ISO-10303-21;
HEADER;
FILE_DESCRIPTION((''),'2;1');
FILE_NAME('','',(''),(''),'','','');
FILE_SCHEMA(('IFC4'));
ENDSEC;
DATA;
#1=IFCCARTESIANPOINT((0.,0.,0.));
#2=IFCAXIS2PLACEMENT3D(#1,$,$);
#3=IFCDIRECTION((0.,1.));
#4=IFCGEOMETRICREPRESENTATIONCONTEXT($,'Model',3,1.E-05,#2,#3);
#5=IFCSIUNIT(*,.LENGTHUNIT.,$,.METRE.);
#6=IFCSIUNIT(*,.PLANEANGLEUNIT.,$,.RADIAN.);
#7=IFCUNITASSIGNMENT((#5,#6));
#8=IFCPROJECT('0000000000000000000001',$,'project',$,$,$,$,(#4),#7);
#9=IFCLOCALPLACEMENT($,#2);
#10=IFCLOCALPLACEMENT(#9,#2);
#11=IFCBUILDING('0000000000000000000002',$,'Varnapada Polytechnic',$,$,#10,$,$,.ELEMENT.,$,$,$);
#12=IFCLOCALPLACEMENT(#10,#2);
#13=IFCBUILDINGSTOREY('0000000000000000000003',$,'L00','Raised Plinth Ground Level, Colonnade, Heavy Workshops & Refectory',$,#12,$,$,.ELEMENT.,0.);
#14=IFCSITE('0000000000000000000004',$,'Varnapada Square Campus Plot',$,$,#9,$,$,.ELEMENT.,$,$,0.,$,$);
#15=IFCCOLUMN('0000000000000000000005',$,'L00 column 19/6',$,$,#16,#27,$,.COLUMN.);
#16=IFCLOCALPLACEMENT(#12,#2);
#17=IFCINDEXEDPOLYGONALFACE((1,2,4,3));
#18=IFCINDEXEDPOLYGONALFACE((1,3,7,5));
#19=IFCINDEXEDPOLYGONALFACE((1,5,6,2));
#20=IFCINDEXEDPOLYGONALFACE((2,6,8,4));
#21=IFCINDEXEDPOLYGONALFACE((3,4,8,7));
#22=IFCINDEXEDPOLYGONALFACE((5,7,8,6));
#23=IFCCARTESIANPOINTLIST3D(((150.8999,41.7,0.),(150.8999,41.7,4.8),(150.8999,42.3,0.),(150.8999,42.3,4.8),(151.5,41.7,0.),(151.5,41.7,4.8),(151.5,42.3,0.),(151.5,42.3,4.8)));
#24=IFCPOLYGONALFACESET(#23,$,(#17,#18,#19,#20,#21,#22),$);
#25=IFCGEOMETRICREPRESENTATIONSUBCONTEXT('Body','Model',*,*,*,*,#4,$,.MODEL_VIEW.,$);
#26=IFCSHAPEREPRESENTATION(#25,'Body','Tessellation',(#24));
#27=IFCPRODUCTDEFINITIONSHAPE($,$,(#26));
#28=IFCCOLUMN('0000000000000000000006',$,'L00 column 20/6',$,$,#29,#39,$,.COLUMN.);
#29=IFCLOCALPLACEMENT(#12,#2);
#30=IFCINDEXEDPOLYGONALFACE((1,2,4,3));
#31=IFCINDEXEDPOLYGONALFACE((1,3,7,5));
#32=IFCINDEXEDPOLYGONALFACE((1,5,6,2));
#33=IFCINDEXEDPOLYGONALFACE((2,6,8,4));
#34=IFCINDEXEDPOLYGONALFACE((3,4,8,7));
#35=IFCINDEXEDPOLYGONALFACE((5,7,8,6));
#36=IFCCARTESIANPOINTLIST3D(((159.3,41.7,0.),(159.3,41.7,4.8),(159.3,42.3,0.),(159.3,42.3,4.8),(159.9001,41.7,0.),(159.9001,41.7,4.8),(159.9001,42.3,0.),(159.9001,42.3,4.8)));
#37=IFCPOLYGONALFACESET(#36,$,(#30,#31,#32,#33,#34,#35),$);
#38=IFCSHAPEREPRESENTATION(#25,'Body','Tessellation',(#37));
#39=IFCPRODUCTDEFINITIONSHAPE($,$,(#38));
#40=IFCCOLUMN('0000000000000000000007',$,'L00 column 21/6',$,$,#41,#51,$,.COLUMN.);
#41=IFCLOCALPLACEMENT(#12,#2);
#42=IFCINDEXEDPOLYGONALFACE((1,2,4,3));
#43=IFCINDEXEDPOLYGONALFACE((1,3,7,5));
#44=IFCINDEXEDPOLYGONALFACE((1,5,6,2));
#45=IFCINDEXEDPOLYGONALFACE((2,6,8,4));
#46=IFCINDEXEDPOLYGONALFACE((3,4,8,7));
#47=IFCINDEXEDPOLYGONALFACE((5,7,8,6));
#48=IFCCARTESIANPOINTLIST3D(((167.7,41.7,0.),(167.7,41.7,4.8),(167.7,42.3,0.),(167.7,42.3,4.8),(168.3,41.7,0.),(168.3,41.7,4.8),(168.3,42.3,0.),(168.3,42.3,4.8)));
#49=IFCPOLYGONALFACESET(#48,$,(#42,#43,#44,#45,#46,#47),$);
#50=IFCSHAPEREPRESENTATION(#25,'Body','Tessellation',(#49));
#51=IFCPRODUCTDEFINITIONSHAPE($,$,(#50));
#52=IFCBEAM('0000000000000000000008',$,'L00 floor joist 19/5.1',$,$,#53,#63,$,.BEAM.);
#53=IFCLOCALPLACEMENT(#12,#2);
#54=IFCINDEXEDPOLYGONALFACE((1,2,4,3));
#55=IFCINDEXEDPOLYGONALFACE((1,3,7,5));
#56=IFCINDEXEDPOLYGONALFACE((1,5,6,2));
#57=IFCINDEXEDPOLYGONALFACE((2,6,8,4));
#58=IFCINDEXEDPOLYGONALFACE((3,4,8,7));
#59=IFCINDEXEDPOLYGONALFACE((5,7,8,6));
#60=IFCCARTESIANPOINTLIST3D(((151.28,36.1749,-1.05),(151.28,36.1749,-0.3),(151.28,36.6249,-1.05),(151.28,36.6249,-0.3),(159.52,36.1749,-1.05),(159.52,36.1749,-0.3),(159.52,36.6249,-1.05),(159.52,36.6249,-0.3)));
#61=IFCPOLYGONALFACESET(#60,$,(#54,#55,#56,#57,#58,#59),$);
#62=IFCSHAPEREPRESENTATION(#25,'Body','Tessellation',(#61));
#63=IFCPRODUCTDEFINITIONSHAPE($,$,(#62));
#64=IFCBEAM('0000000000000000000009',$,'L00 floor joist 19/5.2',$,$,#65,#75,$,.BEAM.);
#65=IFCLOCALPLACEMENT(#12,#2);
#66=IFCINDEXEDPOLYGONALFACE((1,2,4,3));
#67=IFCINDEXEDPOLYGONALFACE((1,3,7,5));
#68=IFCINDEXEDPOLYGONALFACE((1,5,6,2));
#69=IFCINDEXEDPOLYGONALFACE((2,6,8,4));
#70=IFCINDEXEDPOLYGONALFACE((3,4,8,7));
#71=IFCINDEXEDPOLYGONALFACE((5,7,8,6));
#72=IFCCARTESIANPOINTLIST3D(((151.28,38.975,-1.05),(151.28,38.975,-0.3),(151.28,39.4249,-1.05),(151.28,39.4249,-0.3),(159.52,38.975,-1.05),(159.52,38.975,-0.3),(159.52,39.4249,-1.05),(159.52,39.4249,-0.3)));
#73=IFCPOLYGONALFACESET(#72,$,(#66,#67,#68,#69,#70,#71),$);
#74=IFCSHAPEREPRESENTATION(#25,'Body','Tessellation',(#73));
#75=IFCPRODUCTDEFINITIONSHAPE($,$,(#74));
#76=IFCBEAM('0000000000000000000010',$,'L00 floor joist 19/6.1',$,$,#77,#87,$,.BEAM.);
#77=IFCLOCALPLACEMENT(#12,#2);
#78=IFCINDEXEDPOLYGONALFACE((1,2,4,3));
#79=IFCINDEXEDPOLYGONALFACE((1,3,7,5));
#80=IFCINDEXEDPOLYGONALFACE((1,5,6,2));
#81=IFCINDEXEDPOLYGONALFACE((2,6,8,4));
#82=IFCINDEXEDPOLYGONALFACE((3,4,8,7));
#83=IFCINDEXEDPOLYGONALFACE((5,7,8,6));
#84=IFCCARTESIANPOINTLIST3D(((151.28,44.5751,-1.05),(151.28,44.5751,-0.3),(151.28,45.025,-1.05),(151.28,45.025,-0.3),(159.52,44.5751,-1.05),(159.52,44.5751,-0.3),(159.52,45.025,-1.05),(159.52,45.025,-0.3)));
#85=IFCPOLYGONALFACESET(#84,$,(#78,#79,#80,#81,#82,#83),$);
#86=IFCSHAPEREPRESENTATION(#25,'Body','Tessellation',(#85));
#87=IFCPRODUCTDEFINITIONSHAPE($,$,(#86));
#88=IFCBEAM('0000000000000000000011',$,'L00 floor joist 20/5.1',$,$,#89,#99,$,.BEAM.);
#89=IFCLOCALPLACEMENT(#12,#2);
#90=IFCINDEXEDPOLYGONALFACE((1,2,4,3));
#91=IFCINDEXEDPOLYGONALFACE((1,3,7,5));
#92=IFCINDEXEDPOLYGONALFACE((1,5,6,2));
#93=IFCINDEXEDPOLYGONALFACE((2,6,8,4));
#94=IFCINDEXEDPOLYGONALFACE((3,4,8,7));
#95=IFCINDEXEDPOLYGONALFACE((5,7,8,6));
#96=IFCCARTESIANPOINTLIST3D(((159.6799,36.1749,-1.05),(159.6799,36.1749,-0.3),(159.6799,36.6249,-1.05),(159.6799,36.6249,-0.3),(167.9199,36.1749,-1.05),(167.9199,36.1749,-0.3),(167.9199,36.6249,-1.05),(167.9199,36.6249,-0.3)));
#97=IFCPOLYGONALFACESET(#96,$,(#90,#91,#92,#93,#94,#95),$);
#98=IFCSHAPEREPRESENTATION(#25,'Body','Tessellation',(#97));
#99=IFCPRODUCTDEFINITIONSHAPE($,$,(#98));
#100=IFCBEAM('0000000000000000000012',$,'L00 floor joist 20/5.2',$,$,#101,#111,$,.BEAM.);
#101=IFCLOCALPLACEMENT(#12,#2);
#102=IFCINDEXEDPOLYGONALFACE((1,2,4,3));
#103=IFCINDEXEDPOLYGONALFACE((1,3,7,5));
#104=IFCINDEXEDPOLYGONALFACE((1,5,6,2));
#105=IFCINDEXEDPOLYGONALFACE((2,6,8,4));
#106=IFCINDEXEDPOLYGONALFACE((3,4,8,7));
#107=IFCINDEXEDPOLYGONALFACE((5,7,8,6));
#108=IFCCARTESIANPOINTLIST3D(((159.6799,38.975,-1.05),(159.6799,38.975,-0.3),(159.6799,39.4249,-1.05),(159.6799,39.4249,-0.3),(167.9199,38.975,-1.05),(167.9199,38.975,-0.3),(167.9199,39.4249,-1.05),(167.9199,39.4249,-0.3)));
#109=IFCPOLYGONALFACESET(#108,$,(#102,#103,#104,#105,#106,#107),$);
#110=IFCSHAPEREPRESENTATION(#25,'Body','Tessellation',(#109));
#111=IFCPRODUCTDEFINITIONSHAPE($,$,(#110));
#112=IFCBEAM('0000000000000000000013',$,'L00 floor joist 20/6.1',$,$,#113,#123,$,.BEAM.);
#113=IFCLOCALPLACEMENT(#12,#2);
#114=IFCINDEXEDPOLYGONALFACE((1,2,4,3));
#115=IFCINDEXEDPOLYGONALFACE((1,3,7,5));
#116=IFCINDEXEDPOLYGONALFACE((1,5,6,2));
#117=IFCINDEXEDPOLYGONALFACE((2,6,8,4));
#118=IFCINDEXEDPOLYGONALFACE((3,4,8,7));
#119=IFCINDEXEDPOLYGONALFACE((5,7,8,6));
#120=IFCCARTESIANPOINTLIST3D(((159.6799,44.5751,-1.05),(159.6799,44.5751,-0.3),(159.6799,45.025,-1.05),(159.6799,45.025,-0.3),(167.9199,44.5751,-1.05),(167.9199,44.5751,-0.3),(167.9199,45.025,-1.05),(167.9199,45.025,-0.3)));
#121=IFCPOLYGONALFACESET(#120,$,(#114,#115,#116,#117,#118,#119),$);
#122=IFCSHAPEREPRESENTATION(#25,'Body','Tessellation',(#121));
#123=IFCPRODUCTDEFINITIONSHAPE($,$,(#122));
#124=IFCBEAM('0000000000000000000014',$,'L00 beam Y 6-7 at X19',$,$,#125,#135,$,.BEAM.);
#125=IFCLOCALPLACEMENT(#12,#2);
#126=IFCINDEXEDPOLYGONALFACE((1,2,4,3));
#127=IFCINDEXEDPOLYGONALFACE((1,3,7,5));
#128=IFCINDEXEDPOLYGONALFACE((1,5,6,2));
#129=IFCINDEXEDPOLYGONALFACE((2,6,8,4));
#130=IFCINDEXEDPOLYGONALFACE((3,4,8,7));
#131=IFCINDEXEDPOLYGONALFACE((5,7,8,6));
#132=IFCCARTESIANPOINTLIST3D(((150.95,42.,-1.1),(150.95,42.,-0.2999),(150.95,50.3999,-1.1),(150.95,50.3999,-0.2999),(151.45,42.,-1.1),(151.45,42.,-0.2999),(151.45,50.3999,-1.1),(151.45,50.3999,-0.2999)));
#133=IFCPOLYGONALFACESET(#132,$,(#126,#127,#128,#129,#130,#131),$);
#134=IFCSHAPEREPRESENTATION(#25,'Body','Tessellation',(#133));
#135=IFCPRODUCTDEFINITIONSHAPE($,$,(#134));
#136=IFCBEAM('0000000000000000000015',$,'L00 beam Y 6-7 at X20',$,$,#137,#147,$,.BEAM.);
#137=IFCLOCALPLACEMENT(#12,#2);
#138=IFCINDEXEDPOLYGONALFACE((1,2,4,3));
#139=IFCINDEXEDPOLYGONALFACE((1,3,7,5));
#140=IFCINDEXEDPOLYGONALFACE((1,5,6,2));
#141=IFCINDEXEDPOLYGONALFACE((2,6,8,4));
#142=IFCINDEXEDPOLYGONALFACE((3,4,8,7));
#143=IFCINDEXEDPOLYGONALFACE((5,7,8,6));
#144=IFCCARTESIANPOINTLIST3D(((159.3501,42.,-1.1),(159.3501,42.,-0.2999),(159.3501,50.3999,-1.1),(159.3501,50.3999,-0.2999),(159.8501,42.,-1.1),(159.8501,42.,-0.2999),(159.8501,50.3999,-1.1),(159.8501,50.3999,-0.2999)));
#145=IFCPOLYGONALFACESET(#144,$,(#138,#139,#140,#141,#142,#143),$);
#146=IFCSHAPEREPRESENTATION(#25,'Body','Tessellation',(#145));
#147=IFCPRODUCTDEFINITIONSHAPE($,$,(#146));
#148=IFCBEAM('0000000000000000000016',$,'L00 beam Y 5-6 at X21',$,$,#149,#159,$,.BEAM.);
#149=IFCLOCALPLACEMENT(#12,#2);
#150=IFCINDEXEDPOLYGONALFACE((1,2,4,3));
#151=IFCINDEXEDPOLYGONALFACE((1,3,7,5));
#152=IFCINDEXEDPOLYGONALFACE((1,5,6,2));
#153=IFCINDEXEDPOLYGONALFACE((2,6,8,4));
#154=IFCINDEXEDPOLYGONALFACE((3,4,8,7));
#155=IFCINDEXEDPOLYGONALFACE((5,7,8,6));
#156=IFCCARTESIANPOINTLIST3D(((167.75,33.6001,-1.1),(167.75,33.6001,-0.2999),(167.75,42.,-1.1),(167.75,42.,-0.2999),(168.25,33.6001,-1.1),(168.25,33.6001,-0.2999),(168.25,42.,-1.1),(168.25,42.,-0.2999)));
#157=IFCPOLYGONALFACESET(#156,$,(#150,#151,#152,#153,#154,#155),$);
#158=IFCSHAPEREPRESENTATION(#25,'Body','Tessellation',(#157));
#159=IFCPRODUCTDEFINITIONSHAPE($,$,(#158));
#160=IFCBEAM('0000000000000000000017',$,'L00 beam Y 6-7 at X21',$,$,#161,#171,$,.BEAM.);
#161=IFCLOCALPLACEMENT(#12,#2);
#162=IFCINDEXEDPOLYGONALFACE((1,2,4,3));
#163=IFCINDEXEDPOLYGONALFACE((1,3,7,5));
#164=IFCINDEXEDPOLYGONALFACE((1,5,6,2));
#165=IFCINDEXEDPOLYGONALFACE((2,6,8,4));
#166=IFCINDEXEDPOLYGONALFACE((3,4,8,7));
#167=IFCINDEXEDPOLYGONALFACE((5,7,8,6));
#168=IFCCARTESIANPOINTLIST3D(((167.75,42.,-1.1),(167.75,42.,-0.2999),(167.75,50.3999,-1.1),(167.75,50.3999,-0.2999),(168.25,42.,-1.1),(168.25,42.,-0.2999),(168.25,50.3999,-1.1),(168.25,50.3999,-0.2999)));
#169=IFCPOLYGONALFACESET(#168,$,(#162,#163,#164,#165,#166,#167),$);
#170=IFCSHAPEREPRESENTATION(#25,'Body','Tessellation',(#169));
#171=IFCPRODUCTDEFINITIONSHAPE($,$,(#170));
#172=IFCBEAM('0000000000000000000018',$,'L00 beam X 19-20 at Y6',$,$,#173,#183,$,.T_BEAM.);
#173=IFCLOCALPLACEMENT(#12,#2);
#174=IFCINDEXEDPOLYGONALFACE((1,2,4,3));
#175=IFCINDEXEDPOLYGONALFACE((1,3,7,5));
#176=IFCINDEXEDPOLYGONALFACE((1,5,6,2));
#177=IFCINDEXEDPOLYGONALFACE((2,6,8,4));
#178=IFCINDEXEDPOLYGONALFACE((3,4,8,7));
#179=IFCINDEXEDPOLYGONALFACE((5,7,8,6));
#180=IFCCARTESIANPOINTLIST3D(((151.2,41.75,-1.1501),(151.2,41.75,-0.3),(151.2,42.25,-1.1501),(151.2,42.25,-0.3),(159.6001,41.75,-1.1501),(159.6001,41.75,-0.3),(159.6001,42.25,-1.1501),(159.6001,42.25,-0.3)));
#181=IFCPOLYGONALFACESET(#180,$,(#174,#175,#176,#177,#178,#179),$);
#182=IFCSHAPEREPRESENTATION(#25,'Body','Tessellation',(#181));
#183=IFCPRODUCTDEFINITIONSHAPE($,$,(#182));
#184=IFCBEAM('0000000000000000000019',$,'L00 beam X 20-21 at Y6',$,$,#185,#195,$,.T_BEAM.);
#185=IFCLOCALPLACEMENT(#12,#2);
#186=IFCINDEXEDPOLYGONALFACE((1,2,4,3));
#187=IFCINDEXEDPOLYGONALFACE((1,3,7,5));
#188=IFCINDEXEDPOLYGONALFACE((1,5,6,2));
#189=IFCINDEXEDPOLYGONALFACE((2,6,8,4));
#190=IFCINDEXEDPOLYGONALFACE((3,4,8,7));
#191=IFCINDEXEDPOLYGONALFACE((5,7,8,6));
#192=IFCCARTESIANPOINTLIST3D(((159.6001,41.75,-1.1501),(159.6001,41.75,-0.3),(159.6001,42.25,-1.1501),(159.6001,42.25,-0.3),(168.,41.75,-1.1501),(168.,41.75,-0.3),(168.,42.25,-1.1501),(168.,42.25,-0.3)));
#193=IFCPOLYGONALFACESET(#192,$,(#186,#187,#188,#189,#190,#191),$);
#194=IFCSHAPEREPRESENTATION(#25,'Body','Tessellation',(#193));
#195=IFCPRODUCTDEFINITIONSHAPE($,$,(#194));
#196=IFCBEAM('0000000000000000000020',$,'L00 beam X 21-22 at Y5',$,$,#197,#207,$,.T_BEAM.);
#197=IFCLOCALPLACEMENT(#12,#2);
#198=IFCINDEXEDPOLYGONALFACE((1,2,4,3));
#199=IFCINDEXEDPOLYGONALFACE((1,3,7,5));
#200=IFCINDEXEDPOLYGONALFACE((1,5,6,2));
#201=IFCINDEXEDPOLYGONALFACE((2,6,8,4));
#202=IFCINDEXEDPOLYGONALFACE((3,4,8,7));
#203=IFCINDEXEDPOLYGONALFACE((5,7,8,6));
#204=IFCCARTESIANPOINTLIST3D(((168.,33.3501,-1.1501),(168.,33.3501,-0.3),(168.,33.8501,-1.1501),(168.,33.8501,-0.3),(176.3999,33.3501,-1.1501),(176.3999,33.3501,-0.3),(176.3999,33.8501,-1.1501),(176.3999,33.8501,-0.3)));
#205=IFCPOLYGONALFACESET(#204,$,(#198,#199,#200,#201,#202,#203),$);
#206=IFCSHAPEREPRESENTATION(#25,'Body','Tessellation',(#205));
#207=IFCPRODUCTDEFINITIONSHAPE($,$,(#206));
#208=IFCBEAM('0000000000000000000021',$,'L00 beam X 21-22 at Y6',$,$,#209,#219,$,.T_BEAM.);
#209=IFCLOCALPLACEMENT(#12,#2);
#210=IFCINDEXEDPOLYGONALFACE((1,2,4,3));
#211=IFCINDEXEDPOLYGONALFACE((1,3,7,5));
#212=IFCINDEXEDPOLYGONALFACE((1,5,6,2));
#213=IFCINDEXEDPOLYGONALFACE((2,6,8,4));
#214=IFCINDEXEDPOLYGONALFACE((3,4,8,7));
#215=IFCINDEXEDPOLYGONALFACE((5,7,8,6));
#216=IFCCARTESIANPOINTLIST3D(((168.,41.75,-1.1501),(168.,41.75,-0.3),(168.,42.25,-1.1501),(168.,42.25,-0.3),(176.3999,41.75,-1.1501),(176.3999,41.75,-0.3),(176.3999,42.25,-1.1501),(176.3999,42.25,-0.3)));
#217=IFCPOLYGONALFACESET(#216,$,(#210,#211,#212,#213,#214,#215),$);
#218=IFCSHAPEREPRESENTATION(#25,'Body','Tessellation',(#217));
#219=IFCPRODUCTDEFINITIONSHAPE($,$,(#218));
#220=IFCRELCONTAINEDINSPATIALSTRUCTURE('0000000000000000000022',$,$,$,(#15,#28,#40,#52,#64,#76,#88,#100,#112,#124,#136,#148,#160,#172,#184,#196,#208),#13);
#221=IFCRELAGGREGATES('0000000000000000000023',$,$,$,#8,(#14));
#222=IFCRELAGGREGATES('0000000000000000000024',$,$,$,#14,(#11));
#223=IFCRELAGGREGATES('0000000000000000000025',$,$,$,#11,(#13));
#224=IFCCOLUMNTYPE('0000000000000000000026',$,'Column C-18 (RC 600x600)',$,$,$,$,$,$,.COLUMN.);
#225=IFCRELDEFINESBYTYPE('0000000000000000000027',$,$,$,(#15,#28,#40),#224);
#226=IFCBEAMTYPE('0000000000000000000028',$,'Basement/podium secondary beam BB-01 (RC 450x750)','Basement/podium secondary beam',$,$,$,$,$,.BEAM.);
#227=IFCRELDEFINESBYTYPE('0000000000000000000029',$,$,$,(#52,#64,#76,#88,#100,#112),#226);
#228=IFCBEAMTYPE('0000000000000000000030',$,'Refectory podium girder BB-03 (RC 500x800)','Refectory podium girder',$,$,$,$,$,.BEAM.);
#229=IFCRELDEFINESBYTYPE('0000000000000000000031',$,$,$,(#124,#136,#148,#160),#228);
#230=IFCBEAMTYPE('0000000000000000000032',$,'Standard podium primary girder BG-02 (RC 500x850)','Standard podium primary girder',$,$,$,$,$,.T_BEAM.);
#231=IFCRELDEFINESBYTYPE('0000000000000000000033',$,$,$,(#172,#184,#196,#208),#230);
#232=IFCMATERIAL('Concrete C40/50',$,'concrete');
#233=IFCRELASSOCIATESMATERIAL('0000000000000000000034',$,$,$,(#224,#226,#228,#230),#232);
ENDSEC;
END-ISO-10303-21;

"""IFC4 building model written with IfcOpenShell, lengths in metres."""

from ifc_helpers import new_model, si_unit, direction, frame, origin, origin_2d, place, context, subcontext, project, spatial, rectangle, extrude, material, material_profile, profile_set, type_object, element, save


model = new_model("IFC4")

# Units and contexts
model_context = context("Model", 3, precision=1e-05, world=origin(), true_north=direction((0.0, 1.0)))
body_context = subcontext(model_context, "Body", "Model", "MODEL_VIEW")
ifc_project = project(units=[si_unit("LENGTHUNIT", "METRE"), si_unit("PLANEANGLEUNIT", "RADIAN")], contexts=[model_context])

# Site, building, storey
site_placement = place(None, origin())
site = spatial("IfcSite", under=ifc_project, at=site_placement, Name="Varnapada Square Campus Plot", CompositionType="ELEMENT", RefElevation=0.0)
building_placement = place(site_placement, origin())
building = spatial("IfcBuilding", under=site, at=building_placement, Name="Varnapada Polytechnic", CompositionType="ELEMENT")
storey_placement = place(building_placement, origin())
storey = spatial("IfcBuildingStorey", under=building, at=storey_placement, Name="L00", Description="Raised Plinth Ground Level, Colonnade, Heavy Workshops & Refectory", CompositionType="ELEMENT", Elevation=0.0)

# Columns
ifc_material_1 = material(Name="Concrete C40/50", Category="concrete")
ifc_material_profile_1 = material_profile(ifc_material_1, rectangle(XDim=0.6001, YDim=0.6001, at=origin_2d()), Name="RC 600x600")
ifc_profile_set_1 = profile_set([ifc_material_profile_1], Name="Concrete C40/50")
column_type = type_object("IfcColumnType", Name="Column C-18 (RC 600x600)", PredefinedType="COLUMN", material=ifc_profile_set_1)
for number, where, z_axis, x_axis, name in (
    (1, (151.2, 42.0, 0.0), (0.0, 0.0, 1.0), (1.0, 0.0, 0.0), "L00 column 19/6"),
    (2, (159.6001, 42.0, 0.0), (0.0, 0.0, 1.0), (1.0, 0.0, 0.0), "L00 column 20/6"),
    (3, (168.0, 42.0, 0.0), (0.0, 0.0, 1.0), (1.0, 0.0, 0.0), "L00 column 21/6"),
):
    element("IfcColumn", number, at=place(storey_placement, frame(where, z_axis=z_axis, x_axis=x_axis)), inside=storey, type_object=column_type, Name=name, PredefinedType="COLUMN", context=body_context, shape_type="SweptSolid", body=[
        extrude(rectangle(XDim=0.6001, YDim=0.6001, at=origin_2d()), origin(), (0.0, 0.0, 1.0), 4.8),
    ])

# Beams
ifc_material_profile_2 = material_profile(ifc_material_1, rectangle(XDim=0.45, YDim=0.75, at=origin_2d()), Name="RC 450x750")
ifc_profile_set_2 = profile_set([ifc_material_profile_2], Name="Concrete C40/50")
beam_type_1 = type_object("IfcBeamType", Name="Basement/podium secondary beam BB-01 (RC 450x750)", Description="Basement/podium secondary beam", PredefinedType="BEAM", material=ifc_profile_set_2)
for number, where, z_axis, x_axis, name in (
    (4, (151.28, 36.3999, -0.675), (1.0, 0.0, 0.0), (0.0, 1.0, 0.0), "L00 floor joist 19/5.1"),
    (5, (151.28, 39.2, -0.675), (1.0, 0.0, 0.0), (0.0, 1.0, 0.0), "L00 floor joist 19/5.2"),
    (6, (151.28, 44.8, -0.675), (1.0, 0.0, 0.0), (0.0, 1.0, 0.0), "L00 floor joist 19/6.1"),
    (7, (159.6799, 36.3999, -0.675), (1.0, 0.0, 0.0), (0.0, 1.0, 0.0), "L00 floor joist 20/5.1"),
    (8, (159.6799, 39.2, -0.675), (1.0, 0.0, 0.0), (0.0, 1.0, 0.0), "L00 floor joist 20/5.2"),
    (9, (159.6799, 44.8, -0.675), (1.0, 0.0, 0.0), (0.0, 1.0, 0.0), "L00 floor joist 20/6.1"),
):
    element("IfcBeam", number, at=place(storey_placement, frame(where, z_axis=z_axis, x_axis=x_axis)), inside=storey, type_object=beam_type_1, Name=name, PredefinedType="BEAM", context=body_context, shape_type="SweptSolid", body=[
        extrude(rectangle(XDim=0.45, YDim=0.75, at=origin_2d()), origin(), (0.0, 0.0, 1.0), 8.24),
    ])
ifc_material_profile_3 = material_profile(ifc_material_1, rectangle(XDim=0.5, YDim=0.8, at=origin_2d()), Name="RC 500x800")
ifc_profile_set_3 = profile_set([ifc_material_profile_3], Name="Concrete C40/50")
beam_type_2 = type_object("IfcBeamType", Name="Refectory podium girder BB-03 (RC 500x800)", Description="Refectory podium girder", PredefinedType="BEAM", material=ifc_profile_set_3)
for number, where, z_axis, x_axis, name in (
    (10, (151.2, 42.0, -0.7), (0.0, 1.0, 0.0), (-1.0, 0.0, 0.0), "L00 beam Y 6-7 at X19"),
    (11, (159.6001, 42.0, -0.7), (0.0, 1.0, 0.0), (-1.0, 0.0, 0.0), "L00 beam Y 6-7 at X20"),
    (12, (168.0, 33.6001, -0.7), (0.0, 1.0, 0.0), (-1.0, 0.0, 0.0), "L00 beam Y 5-6 at X21"),
    (13, (168.0, 42.0, -0.7), (0.0, 1.0, 0.0), (-1.0, 0.0, 0.0), "L00 beam Y 6-7 at X21"),
):
    element("IfcBeam", number, at=place(storey_placement, frame(where, z_axis=z_axis, x_axis=x_axis)), inside=storey, type_object=beam_type_2, Name=name, PredefinedType="BEAM", context=body_context, shape_type="SweptSolid", body=[
        extrude(rectangle(XDim=0.5, YDim=0.8, at=origin_2d()), origin(), (0.0, 0.0, 1.0), 8.3999),
    ])
ifc_material_profile_4 = material_profile(ifc_material_1, rectangle(XDim=0.5, YDim=0.8501, at=origin_2d()), Name="RC 500x850")
ifc_profile_set_4 = profile_set([ifc_material_profile_4], Name="Concrete C40/50")
beam_type_3 = type_object("IfcBeamType", Name="Standard podium primary girder BG-02 (RC 500x850)", Description="Standard podium primary girder", PredefinedType="T_BEAM", material=ifc_profile_set_4)
beam_placement = place(storey_placement, frame((151.2, 42.0, -0.7251), z_axis=(1.0, 0.0, 0.0), x_axis=(0.0, 1.0, 0.0)))
element("IfcBeam", 14, at=beam_placement, inside=storey, type_object=beam_type_3, Name="L00 beam X 19-20 at Y6", PredefinedType="T_BEAM", context=body_context, shape_type="SweptSolid", body=[
    extrude(rectangle(XDim=0.5, YDim=0.8501, at=origin_2d()), origin(), (0.0, 0.0, 1.0), 8.4001),
])
for number, where, z_axis, x_axis, name in (
    (15, (159.6001, 42.0, -0.7251), (1.0, 0.0, 0.0), (0.0, 1.0, 0.0), "L00 beam X 20-21 at Y6"),
    (16, (168.0, 33.6001, -0.7251), (1.0, 0.0, 0.0), (0.0, 1.0, 0.0), "L00 beam X 21-22 at Y5"),
    (17, (168.0, 42.0, -0.7251), (1.0, 0.0, 0.0), (0.0, 1.0, 0.0), "L00 beam X 21-22 at Y6"),
):
    element("IfcBeam", number, at=place(storey_placement, frame(where, z_axis=z_axis, x_axis=x_axis)), inside=storey, type_object=beam_type_3, Name=name, PredefinedType="T_BEAM", context=body_context, shape_type="SweptSolid", body=[
        extrude(rectangle(XDim=0.5, YDim=0.8501, at=origin_2d()), origin(), (0.0, 0.0, 1.0), 8.3999),
    ])

save(model, "model.ifc")
